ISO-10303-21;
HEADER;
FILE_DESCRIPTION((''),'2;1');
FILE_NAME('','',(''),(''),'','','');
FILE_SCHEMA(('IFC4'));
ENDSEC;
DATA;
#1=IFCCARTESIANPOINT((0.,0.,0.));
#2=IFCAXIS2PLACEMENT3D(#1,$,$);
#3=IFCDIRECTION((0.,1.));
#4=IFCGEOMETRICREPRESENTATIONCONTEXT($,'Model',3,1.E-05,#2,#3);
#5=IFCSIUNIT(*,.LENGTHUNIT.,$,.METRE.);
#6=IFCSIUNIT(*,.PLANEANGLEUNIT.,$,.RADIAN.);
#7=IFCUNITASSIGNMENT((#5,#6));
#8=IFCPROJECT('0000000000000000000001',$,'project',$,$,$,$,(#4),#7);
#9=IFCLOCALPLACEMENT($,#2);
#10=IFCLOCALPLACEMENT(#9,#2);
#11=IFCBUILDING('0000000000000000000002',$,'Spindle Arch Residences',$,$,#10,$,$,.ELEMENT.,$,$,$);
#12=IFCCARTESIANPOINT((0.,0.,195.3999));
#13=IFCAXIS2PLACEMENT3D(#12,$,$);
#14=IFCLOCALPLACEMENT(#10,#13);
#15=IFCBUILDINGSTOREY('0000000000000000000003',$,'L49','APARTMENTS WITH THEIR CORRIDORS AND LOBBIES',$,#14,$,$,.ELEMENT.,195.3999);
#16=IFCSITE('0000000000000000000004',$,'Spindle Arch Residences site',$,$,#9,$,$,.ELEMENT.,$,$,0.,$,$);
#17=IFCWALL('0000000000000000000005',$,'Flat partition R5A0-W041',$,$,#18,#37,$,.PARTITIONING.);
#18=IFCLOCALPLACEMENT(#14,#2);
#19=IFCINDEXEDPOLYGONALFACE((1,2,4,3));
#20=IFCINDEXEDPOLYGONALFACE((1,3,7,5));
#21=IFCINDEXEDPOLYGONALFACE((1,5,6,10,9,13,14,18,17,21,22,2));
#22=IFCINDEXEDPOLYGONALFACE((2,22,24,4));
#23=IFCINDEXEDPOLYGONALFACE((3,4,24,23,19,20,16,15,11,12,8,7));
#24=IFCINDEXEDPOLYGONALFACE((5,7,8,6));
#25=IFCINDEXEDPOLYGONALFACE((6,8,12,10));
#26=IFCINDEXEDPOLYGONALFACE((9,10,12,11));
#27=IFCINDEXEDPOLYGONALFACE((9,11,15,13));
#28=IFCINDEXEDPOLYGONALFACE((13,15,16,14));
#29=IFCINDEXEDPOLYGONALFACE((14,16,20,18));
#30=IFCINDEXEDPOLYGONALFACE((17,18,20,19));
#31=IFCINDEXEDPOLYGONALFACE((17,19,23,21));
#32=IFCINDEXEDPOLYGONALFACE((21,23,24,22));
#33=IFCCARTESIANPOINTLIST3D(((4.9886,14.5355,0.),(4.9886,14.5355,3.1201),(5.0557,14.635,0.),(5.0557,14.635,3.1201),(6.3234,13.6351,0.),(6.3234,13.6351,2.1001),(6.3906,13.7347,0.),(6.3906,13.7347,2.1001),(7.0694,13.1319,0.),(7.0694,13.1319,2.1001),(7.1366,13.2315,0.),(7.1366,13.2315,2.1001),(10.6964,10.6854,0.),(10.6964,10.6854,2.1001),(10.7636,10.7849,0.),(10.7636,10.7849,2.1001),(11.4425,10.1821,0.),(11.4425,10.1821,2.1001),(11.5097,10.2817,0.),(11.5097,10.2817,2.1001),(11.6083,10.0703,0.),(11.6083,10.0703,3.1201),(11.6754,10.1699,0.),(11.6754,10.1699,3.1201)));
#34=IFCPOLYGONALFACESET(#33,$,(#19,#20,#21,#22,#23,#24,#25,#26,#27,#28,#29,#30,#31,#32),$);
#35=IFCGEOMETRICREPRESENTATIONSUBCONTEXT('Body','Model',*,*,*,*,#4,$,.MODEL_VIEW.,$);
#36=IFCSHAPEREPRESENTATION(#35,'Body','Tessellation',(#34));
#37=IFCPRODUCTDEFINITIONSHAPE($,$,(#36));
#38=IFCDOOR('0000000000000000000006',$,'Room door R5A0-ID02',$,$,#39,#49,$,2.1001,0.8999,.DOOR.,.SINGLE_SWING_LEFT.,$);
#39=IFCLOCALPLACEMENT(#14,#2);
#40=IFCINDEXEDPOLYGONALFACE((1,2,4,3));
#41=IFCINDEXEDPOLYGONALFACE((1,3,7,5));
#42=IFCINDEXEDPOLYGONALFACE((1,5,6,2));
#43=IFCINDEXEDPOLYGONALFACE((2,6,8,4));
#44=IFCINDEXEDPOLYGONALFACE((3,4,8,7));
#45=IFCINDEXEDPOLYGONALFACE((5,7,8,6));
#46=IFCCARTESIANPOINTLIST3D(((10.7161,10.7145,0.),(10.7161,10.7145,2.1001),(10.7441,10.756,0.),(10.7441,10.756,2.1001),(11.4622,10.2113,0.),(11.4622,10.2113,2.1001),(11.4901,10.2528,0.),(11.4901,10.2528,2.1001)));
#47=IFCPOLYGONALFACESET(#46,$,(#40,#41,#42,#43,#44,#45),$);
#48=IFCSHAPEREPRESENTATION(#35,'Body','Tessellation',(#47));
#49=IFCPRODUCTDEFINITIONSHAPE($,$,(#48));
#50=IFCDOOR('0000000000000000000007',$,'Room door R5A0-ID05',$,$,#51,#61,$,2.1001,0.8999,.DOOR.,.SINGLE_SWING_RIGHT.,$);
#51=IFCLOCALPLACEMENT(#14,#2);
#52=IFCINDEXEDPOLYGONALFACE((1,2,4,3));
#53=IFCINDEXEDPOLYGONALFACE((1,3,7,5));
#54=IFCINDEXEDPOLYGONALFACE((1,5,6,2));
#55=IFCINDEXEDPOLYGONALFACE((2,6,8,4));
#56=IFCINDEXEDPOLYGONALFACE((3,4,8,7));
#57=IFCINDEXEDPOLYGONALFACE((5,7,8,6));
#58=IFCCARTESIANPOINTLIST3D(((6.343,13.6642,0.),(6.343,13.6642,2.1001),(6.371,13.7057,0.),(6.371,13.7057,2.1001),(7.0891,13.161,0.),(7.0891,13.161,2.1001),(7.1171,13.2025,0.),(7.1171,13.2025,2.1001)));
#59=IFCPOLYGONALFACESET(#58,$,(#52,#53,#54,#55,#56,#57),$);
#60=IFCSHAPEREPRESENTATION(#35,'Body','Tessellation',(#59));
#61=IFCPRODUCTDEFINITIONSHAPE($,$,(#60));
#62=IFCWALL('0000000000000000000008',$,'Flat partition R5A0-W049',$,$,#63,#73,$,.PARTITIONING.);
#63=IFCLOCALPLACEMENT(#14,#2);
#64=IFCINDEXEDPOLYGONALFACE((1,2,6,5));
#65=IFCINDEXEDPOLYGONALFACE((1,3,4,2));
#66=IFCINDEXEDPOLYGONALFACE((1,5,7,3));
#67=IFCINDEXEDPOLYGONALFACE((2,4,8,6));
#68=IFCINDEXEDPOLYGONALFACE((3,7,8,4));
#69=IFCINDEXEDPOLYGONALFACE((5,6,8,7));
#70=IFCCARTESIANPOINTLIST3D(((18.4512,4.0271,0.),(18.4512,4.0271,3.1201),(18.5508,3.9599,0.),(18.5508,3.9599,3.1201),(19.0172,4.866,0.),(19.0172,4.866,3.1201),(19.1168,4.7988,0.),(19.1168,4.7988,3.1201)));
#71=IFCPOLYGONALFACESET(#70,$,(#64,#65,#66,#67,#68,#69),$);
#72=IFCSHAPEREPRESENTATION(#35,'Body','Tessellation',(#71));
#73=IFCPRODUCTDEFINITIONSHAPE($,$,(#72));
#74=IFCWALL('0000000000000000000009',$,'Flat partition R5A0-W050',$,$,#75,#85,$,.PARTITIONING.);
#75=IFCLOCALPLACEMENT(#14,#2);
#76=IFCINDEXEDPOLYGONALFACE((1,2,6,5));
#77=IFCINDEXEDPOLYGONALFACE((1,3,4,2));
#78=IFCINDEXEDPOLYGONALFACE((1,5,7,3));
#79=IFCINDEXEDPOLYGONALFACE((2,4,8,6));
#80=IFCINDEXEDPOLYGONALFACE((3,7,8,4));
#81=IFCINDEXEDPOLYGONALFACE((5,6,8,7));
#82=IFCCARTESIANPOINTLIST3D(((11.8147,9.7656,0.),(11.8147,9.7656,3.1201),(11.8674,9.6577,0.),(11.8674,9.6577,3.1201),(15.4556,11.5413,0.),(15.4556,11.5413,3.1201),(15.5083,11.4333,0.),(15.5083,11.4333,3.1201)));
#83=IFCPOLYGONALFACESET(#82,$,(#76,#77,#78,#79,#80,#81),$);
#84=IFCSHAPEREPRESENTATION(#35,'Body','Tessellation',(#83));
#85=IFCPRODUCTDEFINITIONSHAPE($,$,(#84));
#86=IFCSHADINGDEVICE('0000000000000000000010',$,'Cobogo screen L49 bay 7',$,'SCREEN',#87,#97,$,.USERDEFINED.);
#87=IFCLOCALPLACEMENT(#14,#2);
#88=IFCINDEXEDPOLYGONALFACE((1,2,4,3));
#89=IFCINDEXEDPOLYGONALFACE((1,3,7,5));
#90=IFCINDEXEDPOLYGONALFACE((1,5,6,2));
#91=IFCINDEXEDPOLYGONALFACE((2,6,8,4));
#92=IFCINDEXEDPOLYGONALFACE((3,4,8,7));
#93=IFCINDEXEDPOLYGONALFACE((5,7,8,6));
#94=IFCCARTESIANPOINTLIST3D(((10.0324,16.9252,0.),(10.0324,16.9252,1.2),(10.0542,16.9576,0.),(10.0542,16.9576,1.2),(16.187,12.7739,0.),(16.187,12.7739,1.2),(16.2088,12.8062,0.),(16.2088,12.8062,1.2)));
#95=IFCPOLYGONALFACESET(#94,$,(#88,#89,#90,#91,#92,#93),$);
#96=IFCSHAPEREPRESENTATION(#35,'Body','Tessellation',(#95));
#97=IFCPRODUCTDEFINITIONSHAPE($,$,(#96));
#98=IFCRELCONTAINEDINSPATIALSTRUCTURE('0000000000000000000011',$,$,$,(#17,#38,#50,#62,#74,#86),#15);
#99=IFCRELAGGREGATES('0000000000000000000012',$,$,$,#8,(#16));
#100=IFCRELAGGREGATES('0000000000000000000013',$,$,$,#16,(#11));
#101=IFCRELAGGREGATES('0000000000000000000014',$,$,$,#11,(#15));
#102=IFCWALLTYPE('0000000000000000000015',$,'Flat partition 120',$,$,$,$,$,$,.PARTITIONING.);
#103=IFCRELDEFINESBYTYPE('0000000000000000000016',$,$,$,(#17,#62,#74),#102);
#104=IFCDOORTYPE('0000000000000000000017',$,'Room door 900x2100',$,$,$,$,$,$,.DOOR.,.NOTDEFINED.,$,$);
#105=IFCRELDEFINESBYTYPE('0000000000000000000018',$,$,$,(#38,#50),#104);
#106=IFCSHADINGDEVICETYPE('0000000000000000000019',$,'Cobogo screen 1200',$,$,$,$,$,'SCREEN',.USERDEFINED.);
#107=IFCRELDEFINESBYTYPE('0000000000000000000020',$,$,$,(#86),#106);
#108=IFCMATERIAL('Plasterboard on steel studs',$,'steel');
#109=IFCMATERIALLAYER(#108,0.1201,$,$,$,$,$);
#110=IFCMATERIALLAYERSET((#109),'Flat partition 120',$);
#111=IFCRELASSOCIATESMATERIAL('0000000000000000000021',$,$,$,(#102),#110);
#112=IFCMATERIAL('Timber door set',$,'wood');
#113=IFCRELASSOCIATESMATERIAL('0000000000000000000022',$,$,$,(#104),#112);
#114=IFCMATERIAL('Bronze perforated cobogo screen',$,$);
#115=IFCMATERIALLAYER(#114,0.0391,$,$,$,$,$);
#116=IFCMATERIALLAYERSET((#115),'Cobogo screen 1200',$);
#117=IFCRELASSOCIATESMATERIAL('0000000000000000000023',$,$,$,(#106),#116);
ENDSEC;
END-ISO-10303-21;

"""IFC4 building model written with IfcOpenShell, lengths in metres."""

from ifc_helpers import new_model, si_unit, direction, frame, frame_2d, origin, origin_2d, place, context, subcontext, project, spatial, rectangle, extrude, material, layer, layer_set, type_object, element, fill, save


model = new_model("IFC4")

# Units and contexts
model_context = context("Model", 3, precision=1e-05, world=origin(), true_north=direction((0.0, 1.0)))
body_context = subcontext(model_context, "Body", "Model", "MODEL_VIEW")
ifc_project = project(units=[si_unit("LENGTHUNIT", "METRE"), si_unit("PLANEANGLEUNIT", "RADIAN")], contexts=[model_context])

# Site, building, storey
site_placement = place(None, origin())
site = spatial("IfcSite", under=ifc_project, at=site_placement, Name="Spindle Arch Residences site", CompositionType="ELEMENT", RefElevation=0.0)
building_placement = place(site_placement, origin())
building = spatial("IfcBuilding", under=site, at=building_placement, Name="Spindle Arch Residences", CompositionType="ELEMENT")
storey_placement = place(building_placement, frame((0.0, 0.0, 195.3999)))
storey = spatial("IfcBuildingStorey", under=building, at=storey_placement, Name="L49", Description="APARTMENTS WITH THEIR CORRIDORS AND LOBBIES", CompositionType="ELEMENT", Elevation=195.3999)

# Shared definitions
ifc_material_1 = material(Name="Plasterboard on steel studs", Category="steel")
ifc_layer_1 = layer(ifc_material_1, 0.1201)
ifc_layer_set_1 = layer_set([ifc_layer_1], Name="Flat partition 120")
wall_type_1 = type_object("IfcWallType", Name="Flat partition 120", PredefinedType="PARTITIONING", material=ifc_layer_set_1)

# Shared definitions
ifc_material_2 = material(Name="Timber door set", Category="wood")
door_type_1 = type_object("IfcDoorType", Name="Room door 900x2100", OperationType="NOTDEFINED", PredefinedType="DOOR", material=ifc_material_2)

# Wall, openings, doors
wall_1_placement = place(storey_placement, frame((11.6418, 10.1201, 0.0), z_axis=(0.0, 0.0, 1.0), x_axis=(-0.829032, 0.559201, 0.0)))
wall_1 = element("IfcWall", 1, at=wall_1_placement, inside=storey, type_object=wall_type_1, Name="Flat partition R5A0-W041", PredefinedType="PARTITIONING", context=body_context, shape_type="SweptSolid", body=[
    extrude(rectangle(XDim=7.9849, YDim=0.1201, at=frame_2d((3.9924, 0.0))), origin(), (0.0, 0.0, 1.0), 3.1201),
])
opening_1_placement = place(wall_1_placement, frame((0.2, 0.0, 0.0)))
opening_1 = element("IfcOpeningElement", 2, at=opening_1_placement, cuts=wall_1, PredefinedType="OPENING", context=body_context, shape_type="SweptSolid", body=[
    extrude(rectangle(XDim=0.8999, YDim=2.1001, at=frame_2d((0.45, 1.05))), frame((0.0, 0.0701, 0.0), z_axis=(0.0, -1.0, 0.0), x_axis=(1.0, 0.0, 0.0)), (0.0, 0.0, 1.0), 0.1401),
])
opening_2_placement = place(wall_1_placement, frame((5.4749, 0.0, 0.0)))
opening_2 = element("IfcOpeningElement", 3, at=opening_2_placement, cuts=wall_1, PredefinedType="OPENING", context=body_context, shape_type="SweptSolid", body=[
    extrude(rectangle(XDim=0.8999, YDim=2.1001, at=frame_2d((0.45, 1.05))), frame((0.0, 0.0701, 0.0), z_axis=(0.0, -1.0, 0.0), x_axis=(1.0, 0.0, 0.0)), (0.0, 0.0, 1.0), 0.1401),
])
door_1_placement = place(opening_1_placement, origin())
door_1 = element("IfcDoor", 4, at=door_1_placement, inside=storey, type_object=door_type_1, Name="Room door R5A0-ID02", OperationType="SINGLE_SWING_LEFT", OverallHeight=2.1001, OverallWidth=0.8999, PredefinedType="DOOR", context=body_context, shape_type="SweptSolid", body=[
    extrude(rectangle(XDim=0.8999, YDim=2.1001, at=frame_2d((0.45, 1.05))), frame((0.0, 0.0249, 0.0), z_axis=(0.0, -1.0, 0.0), x_axis=(1.0, 0.0, 0.0)), (0.0, 0.0, 1.0), 0.05),
])
fill(opening_1, door_1)
door_2_placement = place(opening_2_placement, origin())
door_2 = element("IfcDoor", 5, at=door_2_placement, inside=storey, type_object=door_type_1, Name="Room door R5A0-ID05", OperationType="SINGLE_SWING_RIGHT", OverallHeight=2.1001, OverallWidth=0.8999, PredefinedType="DOOR", context=body_context, shape_type="SweptSolid", body=[
    extrude(rectangle(XDim=0.8999, YDim=2.1001, at=frame_2d((0.45, 1.05))), frame((0.0, 0.0249, 0.0), z_axis=(0.0, -1.0, 0.0), x_axis=(1.0, 0.0, 0.0)), (0.0, 0.0, 1.0), 0.05),
])
fill(opening_2, door_2)

# Walls
wall_2_placement = place(storey_placement, frame((19.0669, 4.8323, 0.0), z_axis=(0.0, 0.0, 1.0), x_axis=(-0.559257, -0.828994, 0.0)))
element("IfcWall", 6, at=wall_2_placement, inside=storey, type_object=wall_type_1, Name="Flat partition R5A0-W049", PredefinedType="PARTITIONING", context=body_context, shape_type="SweptSolid", body=[
    extrude(rectangle(XDim=1.012, YDim=0.1201, at=frame_2d((0.5059, 0.0))), origin(), (0.0, 0.0, 1.0), 3.1201),
])
wall_3_placement = place(storey_placement, frame((15.4819, 11.4873, 0.0), z_axis=(0.0, 0.0, 1.0), x_axis=(-0.898807, -0.438344, 0.0)))
element("IfcWall", 7, at=wall_3_placement, inside=storey, type_object=wall_type_1, Name="Flat partition R5A0-W050", PredefinedType="PARTITIONING", context=body_context, shape_type="SweptSolid", body=[
    extrude(rectangle(XDim=4.0508, YDim=0.1201, at=frame_2d((2.0254, 0.0))), origin(), (0.0, 0.0, 1.0), 3.1201),
])

# Shading device
ifc_material_3 = material(Name="Bronze perforated cobogo screen")
ifc_layer_2 = layer(ifc_material_3, 0.0391)
ifc_layer_set_2 = layer_set([ifc_layer_2], Name="Cobogo screen 1200")
shading_device_type = type_object("IfcShadingDeviceType", Name="Cobogo screen 1200", ElementType="SCREEN", PredefinedType="USERDEFINED", material=ifc_layer_set_2)
shading_device_placement = place(storey_placement, frame((13.1206, 14.8657, 0.0), z_axis=(0.0, 0.0, 1.0), x_axis=(-0.829038, 0.559193, 0.0)))
element("IfcShadingDevice", 8, at=shading_device_placement, inside=storey, type_object=shading_device_type, Name="Cobogo screen L49 bay 7", ObjectType="SCREEN", PredefinedType="USERDEFINED", context=body_context, shape_type="SweptSolid", body=[
    extrude(rectangle(XDim=7.4238, YDim=0.0391, at=origin_2d()), origin(), (0.0, 0.0, 1.0), 1.2),
])

save(model, "model.ifc")
